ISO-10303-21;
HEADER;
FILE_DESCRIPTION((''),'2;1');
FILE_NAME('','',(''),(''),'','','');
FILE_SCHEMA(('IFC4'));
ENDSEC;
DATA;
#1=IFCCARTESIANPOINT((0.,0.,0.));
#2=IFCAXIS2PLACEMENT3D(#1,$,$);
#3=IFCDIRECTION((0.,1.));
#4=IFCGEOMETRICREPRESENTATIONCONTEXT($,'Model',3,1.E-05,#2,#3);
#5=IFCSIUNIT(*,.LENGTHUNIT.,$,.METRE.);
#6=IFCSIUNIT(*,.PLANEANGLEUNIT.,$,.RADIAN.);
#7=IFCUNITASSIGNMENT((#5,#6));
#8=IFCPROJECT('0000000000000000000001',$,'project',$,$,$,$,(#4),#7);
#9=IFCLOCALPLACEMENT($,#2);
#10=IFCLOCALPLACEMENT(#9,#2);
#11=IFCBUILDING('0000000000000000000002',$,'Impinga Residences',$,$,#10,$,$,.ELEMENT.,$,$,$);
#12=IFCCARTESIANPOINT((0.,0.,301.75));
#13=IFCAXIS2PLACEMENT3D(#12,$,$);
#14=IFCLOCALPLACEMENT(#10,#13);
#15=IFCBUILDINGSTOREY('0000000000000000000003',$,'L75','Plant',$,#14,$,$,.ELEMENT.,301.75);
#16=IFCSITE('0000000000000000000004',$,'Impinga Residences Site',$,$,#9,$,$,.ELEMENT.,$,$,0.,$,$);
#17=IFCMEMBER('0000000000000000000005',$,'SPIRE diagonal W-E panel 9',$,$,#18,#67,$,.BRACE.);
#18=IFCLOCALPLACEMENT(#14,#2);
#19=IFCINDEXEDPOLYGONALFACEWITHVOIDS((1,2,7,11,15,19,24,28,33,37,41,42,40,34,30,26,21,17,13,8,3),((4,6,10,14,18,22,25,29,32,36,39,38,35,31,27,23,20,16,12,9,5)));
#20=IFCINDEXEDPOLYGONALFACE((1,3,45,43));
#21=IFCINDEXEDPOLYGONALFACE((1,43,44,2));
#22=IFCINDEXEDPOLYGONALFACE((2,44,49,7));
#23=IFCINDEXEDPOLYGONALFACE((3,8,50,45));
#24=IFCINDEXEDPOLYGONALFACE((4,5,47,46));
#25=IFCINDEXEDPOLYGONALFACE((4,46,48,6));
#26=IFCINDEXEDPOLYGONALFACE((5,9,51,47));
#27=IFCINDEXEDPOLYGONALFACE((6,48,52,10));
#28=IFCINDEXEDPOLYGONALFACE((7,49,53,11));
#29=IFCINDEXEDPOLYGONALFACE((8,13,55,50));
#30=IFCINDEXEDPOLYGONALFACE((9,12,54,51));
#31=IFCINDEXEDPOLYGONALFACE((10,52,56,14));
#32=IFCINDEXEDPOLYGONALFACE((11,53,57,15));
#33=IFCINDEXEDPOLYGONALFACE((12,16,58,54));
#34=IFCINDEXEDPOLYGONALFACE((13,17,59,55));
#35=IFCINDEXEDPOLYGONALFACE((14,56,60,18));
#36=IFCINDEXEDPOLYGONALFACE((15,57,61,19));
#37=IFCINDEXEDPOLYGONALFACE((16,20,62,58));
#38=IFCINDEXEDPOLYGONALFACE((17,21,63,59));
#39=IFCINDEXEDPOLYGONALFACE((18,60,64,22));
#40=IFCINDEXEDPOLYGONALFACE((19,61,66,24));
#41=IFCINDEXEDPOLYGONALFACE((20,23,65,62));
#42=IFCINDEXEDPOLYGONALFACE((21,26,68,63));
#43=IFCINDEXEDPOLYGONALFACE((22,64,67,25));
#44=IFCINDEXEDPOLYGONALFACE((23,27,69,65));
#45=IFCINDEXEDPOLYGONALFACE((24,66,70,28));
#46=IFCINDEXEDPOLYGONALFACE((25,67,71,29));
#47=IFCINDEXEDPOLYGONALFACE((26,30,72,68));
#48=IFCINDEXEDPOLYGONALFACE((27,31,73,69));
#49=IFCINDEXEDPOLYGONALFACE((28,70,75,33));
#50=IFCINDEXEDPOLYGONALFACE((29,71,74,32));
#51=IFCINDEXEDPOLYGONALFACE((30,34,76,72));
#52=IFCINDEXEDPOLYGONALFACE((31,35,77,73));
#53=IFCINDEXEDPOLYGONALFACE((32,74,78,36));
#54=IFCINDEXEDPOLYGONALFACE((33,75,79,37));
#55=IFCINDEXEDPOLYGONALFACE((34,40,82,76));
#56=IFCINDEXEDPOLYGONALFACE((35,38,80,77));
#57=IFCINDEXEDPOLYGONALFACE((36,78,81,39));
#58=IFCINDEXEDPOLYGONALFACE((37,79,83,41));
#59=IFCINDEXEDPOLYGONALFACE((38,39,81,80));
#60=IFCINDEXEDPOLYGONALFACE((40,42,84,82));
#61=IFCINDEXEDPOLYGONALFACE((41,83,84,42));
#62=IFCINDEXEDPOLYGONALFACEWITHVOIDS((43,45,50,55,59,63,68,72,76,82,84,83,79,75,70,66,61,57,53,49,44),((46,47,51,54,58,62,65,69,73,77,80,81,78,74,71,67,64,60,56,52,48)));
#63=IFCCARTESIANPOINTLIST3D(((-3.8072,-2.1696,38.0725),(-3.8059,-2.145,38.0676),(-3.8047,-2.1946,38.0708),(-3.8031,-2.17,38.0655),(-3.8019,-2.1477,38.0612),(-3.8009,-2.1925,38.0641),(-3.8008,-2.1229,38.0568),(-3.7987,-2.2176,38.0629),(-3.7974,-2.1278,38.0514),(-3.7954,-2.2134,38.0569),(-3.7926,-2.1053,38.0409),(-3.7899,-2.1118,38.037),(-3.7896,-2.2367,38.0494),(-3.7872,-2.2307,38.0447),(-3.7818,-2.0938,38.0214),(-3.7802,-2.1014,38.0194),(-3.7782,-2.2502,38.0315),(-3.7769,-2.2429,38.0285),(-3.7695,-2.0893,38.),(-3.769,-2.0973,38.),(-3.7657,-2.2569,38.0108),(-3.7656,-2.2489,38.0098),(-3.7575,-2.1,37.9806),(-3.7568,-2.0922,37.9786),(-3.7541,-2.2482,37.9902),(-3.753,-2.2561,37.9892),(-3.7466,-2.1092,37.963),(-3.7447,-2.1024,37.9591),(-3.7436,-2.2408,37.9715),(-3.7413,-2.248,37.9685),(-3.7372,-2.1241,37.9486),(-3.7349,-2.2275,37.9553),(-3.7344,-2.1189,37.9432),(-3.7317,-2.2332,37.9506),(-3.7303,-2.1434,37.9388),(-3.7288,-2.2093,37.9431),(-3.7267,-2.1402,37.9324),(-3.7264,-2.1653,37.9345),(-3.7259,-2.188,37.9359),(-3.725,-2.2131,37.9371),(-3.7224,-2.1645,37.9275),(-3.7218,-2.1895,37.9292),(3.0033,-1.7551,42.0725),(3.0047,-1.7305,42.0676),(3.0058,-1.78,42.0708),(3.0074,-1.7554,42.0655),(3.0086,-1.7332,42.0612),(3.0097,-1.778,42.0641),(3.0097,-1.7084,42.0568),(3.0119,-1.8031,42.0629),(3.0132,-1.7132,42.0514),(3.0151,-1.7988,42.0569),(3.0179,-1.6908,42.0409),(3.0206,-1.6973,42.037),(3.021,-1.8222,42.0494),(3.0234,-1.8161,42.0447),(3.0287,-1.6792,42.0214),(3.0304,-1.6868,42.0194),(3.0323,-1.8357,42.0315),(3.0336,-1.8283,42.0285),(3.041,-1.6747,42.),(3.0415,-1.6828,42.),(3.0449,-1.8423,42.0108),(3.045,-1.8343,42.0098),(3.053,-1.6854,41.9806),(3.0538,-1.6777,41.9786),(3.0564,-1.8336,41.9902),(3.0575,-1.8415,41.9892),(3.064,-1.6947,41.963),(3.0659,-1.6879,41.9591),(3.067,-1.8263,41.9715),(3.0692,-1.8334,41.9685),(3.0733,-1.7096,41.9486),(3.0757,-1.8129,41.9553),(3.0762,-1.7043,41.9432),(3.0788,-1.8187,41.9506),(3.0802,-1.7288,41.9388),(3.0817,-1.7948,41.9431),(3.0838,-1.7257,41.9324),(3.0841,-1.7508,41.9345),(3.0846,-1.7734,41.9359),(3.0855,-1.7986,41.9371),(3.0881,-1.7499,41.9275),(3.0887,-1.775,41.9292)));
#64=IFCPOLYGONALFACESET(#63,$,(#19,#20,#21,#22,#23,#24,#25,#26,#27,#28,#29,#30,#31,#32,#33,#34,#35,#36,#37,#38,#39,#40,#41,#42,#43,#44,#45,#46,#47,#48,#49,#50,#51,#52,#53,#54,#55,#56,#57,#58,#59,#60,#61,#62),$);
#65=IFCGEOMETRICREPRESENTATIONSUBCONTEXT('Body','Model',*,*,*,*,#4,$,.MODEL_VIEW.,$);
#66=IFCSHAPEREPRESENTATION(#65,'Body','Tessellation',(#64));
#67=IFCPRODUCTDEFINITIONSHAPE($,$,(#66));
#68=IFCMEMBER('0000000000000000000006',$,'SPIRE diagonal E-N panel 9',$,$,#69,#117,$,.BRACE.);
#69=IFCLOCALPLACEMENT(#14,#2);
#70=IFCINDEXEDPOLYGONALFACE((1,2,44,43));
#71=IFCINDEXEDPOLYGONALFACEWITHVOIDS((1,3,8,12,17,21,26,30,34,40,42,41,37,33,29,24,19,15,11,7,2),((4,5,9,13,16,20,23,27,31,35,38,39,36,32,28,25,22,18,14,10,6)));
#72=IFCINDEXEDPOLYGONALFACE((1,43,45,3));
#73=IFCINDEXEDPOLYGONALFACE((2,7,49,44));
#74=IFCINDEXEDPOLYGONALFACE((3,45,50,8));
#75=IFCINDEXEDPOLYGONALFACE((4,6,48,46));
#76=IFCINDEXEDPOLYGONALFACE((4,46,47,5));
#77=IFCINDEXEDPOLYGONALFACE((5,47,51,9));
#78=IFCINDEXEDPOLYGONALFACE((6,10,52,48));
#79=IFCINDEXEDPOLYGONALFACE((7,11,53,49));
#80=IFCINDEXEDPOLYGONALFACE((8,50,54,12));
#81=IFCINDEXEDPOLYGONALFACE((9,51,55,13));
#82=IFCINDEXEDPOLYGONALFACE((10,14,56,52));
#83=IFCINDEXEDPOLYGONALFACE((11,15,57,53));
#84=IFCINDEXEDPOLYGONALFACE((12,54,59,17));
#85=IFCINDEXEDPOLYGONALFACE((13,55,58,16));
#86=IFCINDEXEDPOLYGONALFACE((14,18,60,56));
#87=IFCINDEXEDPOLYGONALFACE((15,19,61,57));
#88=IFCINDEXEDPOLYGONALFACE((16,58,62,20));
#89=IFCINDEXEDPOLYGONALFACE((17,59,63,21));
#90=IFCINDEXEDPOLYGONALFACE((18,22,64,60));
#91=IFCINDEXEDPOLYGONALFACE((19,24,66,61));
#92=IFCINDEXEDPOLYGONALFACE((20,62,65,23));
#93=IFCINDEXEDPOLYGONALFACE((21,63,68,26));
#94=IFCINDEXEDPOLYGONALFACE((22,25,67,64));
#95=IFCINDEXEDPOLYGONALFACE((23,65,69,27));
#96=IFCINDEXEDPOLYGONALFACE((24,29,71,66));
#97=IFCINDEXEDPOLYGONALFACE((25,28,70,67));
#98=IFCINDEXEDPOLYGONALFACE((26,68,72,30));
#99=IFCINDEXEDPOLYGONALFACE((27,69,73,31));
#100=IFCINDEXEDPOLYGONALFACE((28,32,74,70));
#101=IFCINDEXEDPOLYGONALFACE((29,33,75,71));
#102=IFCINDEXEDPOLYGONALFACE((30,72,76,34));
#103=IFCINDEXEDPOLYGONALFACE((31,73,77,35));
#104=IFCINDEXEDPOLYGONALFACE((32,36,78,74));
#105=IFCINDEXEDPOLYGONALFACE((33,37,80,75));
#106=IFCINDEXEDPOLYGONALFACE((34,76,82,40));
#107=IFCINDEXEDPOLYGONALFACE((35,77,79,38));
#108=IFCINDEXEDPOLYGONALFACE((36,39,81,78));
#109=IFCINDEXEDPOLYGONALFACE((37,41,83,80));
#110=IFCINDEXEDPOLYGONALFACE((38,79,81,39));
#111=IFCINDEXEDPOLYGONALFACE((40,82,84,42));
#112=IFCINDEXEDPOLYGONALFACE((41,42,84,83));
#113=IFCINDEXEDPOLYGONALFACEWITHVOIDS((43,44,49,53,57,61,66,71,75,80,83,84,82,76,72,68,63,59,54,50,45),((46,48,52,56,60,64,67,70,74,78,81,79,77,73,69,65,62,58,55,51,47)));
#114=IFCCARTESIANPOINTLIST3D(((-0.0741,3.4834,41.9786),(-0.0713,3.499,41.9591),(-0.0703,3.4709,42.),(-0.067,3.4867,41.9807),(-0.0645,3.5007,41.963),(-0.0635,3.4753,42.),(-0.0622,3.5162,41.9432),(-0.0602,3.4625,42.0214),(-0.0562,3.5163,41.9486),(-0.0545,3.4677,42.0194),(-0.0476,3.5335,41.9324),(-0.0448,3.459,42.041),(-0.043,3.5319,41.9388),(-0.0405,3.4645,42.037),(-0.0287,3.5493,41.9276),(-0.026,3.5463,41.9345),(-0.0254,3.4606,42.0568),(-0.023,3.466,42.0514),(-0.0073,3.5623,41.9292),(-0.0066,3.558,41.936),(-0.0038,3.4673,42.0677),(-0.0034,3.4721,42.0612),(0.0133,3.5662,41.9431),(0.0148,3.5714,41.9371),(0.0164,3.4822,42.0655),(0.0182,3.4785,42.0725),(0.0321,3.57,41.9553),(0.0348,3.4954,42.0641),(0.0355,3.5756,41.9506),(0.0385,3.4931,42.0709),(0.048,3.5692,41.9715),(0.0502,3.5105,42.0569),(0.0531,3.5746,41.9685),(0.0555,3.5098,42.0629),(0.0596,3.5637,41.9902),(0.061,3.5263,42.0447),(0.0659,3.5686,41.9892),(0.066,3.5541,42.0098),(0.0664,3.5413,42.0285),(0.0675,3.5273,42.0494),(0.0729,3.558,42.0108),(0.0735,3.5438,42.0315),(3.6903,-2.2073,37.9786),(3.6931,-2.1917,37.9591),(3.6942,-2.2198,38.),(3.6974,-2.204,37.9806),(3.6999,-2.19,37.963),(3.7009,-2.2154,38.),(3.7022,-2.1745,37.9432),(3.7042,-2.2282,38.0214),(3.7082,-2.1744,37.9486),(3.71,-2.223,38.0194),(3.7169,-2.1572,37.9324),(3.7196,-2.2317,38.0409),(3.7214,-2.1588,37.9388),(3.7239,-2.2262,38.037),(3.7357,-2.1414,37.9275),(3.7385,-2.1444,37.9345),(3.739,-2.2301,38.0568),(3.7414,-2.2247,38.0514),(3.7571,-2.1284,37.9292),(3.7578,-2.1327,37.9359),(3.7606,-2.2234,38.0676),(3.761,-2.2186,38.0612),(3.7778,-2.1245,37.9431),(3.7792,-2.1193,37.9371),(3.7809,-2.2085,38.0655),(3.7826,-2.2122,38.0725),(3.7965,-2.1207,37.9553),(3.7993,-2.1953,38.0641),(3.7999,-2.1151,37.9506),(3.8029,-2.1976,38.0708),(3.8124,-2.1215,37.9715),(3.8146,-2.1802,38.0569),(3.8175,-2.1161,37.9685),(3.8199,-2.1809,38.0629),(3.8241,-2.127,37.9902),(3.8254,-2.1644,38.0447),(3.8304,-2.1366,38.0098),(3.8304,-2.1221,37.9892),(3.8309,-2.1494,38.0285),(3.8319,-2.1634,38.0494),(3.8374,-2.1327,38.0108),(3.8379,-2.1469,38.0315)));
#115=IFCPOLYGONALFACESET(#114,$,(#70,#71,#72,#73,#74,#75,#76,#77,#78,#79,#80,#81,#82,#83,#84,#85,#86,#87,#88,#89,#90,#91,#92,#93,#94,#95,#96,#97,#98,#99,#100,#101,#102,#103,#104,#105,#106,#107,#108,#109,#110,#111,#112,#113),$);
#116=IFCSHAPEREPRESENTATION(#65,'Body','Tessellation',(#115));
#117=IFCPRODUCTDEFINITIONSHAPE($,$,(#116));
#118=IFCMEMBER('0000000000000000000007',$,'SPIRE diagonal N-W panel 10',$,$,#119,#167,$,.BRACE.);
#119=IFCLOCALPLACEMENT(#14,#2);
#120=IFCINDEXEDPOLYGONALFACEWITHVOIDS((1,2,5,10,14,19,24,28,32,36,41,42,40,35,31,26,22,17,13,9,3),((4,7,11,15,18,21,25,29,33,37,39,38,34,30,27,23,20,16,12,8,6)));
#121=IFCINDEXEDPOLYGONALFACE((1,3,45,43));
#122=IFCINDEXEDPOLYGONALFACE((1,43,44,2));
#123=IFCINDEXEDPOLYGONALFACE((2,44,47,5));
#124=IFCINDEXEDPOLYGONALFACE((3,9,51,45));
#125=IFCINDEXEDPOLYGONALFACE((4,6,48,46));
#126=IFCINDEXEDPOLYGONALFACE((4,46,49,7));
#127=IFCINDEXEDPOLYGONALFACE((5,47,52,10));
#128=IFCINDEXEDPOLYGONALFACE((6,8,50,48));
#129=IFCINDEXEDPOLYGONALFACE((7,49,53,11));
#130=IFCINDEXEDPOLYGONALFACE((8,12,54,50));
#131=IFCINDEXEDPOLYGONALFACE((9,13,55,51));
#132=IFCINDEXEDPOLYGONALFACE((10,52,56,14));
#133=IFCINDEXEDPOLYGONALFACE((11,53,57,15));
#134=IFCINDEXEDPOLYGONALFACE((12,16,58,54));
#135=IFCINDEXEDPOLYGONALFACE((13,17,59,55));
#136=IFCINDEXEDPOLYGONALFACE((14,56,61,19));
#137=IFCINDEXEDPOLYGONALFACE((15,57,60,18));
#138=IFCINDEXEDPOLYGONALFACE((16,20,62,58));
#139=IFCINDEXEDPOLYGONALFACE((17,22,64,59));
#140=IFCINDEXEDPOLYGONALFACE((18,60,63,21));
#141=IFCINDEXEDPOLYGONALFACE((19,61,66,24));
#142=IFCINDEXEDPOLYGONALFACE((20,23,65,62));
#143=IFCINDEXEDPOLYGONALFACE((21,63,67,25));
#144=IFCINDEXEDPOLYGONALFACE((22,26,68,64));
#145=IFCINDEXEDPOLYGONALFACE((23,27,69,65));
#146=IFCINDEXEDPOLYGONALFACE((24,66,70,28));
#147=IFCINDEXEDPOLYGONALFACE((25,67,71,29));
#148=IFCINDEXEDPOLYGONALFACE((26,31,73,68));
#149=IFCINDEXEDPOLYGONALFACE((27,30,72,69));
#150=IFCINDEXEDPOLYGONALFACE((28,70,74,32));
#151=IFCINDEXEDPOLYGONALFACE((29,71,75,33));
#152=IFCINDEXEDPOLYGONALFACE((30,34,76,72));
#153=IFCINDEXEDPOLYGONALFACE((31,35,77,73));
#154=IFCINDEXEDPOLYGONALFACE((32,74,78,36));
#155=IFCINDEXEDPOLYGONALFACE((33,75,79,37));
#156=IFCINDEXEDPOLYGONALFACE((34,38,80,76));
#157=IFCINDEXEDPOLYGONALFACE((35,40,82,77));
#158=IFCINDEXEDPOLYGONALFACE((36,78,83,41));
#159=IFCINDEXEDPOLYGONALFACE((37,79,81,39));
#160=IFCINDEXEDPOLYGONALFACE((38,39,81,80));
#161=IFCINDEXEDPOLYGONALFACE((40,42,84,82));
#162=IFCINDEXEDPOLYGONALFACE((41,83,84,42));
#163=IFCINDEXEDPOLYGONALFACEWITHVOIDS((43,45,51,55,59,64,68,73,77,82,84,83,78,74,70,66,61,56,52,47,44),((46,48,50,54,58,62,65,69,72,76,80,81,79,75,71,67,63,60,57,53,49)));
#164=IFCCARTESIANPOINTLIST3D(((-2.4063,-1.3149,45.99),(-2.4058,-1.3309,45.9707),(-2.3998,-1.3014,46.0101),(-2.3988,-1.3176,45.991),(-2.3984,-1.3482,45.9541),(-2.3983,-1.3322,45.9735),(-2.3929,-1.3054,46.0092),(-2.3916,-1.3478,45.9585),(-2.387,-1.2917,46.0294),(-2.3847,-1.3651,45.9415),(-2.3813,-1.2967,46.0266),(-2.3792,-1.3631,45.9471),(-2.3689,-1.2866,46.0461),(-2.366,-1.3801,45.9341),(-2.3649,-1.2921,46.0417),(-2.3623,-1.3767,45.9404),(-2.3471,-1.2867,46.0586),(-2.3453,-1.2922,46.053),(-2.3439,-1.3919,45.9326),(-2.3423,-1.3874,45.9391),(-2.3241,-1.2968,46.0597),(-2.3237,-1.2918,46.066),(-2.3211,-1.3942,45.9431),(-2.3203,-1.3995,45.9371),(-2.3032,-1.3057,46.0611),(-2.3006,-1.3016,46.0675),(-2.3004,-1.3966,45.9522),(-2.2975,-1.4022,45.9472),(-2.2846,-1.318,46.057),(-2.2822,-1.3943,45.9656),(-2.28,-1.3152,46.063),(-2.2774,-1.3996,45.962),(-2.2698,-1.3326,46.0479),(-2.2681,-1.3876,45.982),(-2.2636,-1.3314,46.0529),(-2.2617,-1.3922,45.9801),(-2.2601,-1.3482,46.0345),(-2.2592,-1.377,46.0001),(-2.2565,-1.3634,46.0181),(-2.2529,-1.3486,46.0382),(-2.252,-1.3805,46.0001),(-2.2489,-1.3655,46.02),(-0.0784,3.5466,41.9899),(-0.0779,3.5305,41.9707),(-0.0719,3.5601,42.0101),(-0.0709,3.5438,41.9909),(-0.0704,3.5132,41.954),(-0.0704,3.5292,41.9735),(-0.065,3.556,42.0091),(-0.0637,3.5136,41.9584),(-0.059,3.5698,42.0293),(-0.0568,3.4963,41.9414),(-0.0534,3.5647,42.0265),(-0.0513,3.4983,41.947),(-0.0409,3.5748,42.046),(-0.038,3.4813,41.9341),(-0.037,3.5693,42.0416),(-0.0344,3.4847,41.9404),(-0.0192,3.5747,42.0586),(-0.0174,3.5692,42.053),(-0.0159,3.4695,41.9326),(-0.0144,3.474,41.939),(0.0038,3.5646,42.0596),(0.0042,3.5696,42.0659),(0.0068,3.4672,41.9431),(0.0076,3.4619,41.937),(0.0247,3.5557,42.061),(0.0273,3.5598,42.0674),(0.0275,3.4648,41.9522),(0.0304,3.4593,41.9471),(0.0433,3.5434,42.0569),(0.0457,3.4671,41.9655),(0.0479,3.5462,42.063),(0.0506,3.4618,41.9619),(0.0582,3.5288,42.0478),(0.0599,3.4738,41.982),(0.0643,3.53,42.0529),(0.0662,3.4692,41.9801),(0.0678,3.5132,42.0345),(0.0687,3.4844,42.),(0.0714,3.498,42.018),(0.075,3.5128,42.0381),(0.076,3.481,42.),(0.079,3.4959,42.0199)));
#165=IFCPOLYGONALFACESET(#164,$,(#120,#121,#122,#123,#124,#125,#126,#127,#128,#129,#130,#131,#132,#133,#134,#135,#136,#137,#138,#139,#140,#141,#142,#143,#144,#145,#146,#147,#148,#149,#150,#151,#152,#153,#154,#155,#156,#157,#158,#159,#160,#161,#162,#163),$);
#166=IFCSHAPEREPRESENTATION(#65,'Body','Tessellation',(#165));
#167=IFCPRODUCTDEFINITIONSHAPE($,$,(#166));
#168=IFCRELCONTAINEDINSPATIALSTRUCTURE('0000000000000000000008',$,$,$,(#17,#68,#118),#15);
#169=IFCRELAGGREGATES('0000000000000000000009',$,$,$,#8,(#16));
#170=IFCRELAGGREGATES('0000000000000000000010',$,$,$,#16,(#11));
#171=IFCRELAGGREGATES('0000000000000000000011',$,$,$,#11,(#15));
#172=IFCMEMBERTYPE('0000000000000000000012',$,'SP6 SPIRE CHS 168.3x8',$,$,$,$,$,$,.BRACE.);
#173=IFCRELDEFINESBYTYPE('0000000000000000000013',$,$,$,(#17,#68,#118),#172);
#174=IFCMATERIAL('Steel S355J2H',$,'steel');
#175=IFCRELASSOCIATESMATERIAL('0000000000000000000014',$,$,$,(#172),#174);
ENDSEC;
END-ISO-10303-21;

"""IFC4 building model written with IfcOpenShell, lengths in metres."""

from ifc_helpers import new_model, si_unit, direction, frame, origin, origin_2d, place, context, subcontext, project, spatial, hollow_circle, extrude, material, material_profile, profile_set, type_object, element, save


model = new_model("IFC4")

# Units and contexts
model_context = context("Model", 3, precision=1e-05, world=origin(), true_north=direction((0.0, 1.0)))
body_context = subcontext(model_context, "Body", "Model", "MODEL_VIEW")
ifc_project = project(units=[si_unit("LENGTHUNIT", "METRE"), si_unit("PLANEANGLEUNIT", "RADIAN")], contexts=[model_context])

# Site, building, storey
site_placement = place(None, origin())
site = spatial("IfcSite", under=ifc_project, at=site_placement, Name="Impinga Residences Site", CompositionType="ELEMENT", RefElevation=0.0)
building_placement = place(site_placement, origin())
building = spatial("IfcBuilding", under=site, at=building_placement, Name="Impinga Residences", CompositionType="ELEMENT")
storey_placement = place(building_placement, frame((0.0, 0.0, 301.75)))
storey = spatial("IfcBuildingStorey", under=building, at=storey_placement, Name="L75", Description="Plant", CompositionType="ELEMENT", Elevation=301.75)

# Members
ifc_material = material(Name="Steel S355J2H", Category="steel")
ifc_material_profile_1 = material_profile(ifc_material, hollow_circle(Radius=0.0842, WallThickness=0.0081, at=origin_2d()), Name="CHS 168.3x8")
ifc_profile_set_1 = profile_set([ifc_material_profile_1], Name="Steel S355J2H")
member_type_1 = type_object("IfcMemberType", Name="SP6 SPIRE CHS 168.3x8", PredefinedType="BRACE", material=ifc_profile_set_1)
for number, where, z_axis, x_axis, name in (
    (1, (-3.7644, -2.1733, 38.0), (0.861092, 0.052414, 0.50574), (-0.060756, 0.998153, 0.0), "SPIRE diagonal W-E panel 9"),
    (2, (3.7644, -2.1733, 38.0), (-0.475956, 0.719506, 0.505744), (-0.834032, -0.551716, 0.0), "SPIRE diagonal E-N panel 9"),
):
    element("IfcMember", number, at=place(storey_placement, frame(where, z_axis=z_axis, x_axis=x_axis)), inside=storey, type_object=member_type_1, Name=name, PredefinedType="BRACE", context=body_context, shape_type="SweptSolid", body=[
        extrude(hollow_circle(Radius=0.0842, WallThickness=0.0081, at=origin_2d()), origin(), (0.0, 0.0, 1.0), 7.9092),
    ])
for number, where, z_axis, x_axis, name in (
    (3, (0.0, 3.5173, 42.0), (-0.346821, -0.724269, 0.595944), (0.901925, -0.431893, 0.0), "SPIRE diagonal N-W panel 10"),
):
    element("IfcMember", number, at=place(storey_placement, frame(where, z_axis=z_axis, x_axis=x_axis)), inside=storey, type_object=member_type_1, Name=name, PredefinedType="BRACE", context=body_context, shape_type="SweptSolid", body=[
        extrude(hollow_circle(Radius=0.0842, WallThickness=0.0081, at=origin_2d()), origin(), (0.0, 0.0, 1.0), 6.7122),
    ])

save(model, "model.ifc")
